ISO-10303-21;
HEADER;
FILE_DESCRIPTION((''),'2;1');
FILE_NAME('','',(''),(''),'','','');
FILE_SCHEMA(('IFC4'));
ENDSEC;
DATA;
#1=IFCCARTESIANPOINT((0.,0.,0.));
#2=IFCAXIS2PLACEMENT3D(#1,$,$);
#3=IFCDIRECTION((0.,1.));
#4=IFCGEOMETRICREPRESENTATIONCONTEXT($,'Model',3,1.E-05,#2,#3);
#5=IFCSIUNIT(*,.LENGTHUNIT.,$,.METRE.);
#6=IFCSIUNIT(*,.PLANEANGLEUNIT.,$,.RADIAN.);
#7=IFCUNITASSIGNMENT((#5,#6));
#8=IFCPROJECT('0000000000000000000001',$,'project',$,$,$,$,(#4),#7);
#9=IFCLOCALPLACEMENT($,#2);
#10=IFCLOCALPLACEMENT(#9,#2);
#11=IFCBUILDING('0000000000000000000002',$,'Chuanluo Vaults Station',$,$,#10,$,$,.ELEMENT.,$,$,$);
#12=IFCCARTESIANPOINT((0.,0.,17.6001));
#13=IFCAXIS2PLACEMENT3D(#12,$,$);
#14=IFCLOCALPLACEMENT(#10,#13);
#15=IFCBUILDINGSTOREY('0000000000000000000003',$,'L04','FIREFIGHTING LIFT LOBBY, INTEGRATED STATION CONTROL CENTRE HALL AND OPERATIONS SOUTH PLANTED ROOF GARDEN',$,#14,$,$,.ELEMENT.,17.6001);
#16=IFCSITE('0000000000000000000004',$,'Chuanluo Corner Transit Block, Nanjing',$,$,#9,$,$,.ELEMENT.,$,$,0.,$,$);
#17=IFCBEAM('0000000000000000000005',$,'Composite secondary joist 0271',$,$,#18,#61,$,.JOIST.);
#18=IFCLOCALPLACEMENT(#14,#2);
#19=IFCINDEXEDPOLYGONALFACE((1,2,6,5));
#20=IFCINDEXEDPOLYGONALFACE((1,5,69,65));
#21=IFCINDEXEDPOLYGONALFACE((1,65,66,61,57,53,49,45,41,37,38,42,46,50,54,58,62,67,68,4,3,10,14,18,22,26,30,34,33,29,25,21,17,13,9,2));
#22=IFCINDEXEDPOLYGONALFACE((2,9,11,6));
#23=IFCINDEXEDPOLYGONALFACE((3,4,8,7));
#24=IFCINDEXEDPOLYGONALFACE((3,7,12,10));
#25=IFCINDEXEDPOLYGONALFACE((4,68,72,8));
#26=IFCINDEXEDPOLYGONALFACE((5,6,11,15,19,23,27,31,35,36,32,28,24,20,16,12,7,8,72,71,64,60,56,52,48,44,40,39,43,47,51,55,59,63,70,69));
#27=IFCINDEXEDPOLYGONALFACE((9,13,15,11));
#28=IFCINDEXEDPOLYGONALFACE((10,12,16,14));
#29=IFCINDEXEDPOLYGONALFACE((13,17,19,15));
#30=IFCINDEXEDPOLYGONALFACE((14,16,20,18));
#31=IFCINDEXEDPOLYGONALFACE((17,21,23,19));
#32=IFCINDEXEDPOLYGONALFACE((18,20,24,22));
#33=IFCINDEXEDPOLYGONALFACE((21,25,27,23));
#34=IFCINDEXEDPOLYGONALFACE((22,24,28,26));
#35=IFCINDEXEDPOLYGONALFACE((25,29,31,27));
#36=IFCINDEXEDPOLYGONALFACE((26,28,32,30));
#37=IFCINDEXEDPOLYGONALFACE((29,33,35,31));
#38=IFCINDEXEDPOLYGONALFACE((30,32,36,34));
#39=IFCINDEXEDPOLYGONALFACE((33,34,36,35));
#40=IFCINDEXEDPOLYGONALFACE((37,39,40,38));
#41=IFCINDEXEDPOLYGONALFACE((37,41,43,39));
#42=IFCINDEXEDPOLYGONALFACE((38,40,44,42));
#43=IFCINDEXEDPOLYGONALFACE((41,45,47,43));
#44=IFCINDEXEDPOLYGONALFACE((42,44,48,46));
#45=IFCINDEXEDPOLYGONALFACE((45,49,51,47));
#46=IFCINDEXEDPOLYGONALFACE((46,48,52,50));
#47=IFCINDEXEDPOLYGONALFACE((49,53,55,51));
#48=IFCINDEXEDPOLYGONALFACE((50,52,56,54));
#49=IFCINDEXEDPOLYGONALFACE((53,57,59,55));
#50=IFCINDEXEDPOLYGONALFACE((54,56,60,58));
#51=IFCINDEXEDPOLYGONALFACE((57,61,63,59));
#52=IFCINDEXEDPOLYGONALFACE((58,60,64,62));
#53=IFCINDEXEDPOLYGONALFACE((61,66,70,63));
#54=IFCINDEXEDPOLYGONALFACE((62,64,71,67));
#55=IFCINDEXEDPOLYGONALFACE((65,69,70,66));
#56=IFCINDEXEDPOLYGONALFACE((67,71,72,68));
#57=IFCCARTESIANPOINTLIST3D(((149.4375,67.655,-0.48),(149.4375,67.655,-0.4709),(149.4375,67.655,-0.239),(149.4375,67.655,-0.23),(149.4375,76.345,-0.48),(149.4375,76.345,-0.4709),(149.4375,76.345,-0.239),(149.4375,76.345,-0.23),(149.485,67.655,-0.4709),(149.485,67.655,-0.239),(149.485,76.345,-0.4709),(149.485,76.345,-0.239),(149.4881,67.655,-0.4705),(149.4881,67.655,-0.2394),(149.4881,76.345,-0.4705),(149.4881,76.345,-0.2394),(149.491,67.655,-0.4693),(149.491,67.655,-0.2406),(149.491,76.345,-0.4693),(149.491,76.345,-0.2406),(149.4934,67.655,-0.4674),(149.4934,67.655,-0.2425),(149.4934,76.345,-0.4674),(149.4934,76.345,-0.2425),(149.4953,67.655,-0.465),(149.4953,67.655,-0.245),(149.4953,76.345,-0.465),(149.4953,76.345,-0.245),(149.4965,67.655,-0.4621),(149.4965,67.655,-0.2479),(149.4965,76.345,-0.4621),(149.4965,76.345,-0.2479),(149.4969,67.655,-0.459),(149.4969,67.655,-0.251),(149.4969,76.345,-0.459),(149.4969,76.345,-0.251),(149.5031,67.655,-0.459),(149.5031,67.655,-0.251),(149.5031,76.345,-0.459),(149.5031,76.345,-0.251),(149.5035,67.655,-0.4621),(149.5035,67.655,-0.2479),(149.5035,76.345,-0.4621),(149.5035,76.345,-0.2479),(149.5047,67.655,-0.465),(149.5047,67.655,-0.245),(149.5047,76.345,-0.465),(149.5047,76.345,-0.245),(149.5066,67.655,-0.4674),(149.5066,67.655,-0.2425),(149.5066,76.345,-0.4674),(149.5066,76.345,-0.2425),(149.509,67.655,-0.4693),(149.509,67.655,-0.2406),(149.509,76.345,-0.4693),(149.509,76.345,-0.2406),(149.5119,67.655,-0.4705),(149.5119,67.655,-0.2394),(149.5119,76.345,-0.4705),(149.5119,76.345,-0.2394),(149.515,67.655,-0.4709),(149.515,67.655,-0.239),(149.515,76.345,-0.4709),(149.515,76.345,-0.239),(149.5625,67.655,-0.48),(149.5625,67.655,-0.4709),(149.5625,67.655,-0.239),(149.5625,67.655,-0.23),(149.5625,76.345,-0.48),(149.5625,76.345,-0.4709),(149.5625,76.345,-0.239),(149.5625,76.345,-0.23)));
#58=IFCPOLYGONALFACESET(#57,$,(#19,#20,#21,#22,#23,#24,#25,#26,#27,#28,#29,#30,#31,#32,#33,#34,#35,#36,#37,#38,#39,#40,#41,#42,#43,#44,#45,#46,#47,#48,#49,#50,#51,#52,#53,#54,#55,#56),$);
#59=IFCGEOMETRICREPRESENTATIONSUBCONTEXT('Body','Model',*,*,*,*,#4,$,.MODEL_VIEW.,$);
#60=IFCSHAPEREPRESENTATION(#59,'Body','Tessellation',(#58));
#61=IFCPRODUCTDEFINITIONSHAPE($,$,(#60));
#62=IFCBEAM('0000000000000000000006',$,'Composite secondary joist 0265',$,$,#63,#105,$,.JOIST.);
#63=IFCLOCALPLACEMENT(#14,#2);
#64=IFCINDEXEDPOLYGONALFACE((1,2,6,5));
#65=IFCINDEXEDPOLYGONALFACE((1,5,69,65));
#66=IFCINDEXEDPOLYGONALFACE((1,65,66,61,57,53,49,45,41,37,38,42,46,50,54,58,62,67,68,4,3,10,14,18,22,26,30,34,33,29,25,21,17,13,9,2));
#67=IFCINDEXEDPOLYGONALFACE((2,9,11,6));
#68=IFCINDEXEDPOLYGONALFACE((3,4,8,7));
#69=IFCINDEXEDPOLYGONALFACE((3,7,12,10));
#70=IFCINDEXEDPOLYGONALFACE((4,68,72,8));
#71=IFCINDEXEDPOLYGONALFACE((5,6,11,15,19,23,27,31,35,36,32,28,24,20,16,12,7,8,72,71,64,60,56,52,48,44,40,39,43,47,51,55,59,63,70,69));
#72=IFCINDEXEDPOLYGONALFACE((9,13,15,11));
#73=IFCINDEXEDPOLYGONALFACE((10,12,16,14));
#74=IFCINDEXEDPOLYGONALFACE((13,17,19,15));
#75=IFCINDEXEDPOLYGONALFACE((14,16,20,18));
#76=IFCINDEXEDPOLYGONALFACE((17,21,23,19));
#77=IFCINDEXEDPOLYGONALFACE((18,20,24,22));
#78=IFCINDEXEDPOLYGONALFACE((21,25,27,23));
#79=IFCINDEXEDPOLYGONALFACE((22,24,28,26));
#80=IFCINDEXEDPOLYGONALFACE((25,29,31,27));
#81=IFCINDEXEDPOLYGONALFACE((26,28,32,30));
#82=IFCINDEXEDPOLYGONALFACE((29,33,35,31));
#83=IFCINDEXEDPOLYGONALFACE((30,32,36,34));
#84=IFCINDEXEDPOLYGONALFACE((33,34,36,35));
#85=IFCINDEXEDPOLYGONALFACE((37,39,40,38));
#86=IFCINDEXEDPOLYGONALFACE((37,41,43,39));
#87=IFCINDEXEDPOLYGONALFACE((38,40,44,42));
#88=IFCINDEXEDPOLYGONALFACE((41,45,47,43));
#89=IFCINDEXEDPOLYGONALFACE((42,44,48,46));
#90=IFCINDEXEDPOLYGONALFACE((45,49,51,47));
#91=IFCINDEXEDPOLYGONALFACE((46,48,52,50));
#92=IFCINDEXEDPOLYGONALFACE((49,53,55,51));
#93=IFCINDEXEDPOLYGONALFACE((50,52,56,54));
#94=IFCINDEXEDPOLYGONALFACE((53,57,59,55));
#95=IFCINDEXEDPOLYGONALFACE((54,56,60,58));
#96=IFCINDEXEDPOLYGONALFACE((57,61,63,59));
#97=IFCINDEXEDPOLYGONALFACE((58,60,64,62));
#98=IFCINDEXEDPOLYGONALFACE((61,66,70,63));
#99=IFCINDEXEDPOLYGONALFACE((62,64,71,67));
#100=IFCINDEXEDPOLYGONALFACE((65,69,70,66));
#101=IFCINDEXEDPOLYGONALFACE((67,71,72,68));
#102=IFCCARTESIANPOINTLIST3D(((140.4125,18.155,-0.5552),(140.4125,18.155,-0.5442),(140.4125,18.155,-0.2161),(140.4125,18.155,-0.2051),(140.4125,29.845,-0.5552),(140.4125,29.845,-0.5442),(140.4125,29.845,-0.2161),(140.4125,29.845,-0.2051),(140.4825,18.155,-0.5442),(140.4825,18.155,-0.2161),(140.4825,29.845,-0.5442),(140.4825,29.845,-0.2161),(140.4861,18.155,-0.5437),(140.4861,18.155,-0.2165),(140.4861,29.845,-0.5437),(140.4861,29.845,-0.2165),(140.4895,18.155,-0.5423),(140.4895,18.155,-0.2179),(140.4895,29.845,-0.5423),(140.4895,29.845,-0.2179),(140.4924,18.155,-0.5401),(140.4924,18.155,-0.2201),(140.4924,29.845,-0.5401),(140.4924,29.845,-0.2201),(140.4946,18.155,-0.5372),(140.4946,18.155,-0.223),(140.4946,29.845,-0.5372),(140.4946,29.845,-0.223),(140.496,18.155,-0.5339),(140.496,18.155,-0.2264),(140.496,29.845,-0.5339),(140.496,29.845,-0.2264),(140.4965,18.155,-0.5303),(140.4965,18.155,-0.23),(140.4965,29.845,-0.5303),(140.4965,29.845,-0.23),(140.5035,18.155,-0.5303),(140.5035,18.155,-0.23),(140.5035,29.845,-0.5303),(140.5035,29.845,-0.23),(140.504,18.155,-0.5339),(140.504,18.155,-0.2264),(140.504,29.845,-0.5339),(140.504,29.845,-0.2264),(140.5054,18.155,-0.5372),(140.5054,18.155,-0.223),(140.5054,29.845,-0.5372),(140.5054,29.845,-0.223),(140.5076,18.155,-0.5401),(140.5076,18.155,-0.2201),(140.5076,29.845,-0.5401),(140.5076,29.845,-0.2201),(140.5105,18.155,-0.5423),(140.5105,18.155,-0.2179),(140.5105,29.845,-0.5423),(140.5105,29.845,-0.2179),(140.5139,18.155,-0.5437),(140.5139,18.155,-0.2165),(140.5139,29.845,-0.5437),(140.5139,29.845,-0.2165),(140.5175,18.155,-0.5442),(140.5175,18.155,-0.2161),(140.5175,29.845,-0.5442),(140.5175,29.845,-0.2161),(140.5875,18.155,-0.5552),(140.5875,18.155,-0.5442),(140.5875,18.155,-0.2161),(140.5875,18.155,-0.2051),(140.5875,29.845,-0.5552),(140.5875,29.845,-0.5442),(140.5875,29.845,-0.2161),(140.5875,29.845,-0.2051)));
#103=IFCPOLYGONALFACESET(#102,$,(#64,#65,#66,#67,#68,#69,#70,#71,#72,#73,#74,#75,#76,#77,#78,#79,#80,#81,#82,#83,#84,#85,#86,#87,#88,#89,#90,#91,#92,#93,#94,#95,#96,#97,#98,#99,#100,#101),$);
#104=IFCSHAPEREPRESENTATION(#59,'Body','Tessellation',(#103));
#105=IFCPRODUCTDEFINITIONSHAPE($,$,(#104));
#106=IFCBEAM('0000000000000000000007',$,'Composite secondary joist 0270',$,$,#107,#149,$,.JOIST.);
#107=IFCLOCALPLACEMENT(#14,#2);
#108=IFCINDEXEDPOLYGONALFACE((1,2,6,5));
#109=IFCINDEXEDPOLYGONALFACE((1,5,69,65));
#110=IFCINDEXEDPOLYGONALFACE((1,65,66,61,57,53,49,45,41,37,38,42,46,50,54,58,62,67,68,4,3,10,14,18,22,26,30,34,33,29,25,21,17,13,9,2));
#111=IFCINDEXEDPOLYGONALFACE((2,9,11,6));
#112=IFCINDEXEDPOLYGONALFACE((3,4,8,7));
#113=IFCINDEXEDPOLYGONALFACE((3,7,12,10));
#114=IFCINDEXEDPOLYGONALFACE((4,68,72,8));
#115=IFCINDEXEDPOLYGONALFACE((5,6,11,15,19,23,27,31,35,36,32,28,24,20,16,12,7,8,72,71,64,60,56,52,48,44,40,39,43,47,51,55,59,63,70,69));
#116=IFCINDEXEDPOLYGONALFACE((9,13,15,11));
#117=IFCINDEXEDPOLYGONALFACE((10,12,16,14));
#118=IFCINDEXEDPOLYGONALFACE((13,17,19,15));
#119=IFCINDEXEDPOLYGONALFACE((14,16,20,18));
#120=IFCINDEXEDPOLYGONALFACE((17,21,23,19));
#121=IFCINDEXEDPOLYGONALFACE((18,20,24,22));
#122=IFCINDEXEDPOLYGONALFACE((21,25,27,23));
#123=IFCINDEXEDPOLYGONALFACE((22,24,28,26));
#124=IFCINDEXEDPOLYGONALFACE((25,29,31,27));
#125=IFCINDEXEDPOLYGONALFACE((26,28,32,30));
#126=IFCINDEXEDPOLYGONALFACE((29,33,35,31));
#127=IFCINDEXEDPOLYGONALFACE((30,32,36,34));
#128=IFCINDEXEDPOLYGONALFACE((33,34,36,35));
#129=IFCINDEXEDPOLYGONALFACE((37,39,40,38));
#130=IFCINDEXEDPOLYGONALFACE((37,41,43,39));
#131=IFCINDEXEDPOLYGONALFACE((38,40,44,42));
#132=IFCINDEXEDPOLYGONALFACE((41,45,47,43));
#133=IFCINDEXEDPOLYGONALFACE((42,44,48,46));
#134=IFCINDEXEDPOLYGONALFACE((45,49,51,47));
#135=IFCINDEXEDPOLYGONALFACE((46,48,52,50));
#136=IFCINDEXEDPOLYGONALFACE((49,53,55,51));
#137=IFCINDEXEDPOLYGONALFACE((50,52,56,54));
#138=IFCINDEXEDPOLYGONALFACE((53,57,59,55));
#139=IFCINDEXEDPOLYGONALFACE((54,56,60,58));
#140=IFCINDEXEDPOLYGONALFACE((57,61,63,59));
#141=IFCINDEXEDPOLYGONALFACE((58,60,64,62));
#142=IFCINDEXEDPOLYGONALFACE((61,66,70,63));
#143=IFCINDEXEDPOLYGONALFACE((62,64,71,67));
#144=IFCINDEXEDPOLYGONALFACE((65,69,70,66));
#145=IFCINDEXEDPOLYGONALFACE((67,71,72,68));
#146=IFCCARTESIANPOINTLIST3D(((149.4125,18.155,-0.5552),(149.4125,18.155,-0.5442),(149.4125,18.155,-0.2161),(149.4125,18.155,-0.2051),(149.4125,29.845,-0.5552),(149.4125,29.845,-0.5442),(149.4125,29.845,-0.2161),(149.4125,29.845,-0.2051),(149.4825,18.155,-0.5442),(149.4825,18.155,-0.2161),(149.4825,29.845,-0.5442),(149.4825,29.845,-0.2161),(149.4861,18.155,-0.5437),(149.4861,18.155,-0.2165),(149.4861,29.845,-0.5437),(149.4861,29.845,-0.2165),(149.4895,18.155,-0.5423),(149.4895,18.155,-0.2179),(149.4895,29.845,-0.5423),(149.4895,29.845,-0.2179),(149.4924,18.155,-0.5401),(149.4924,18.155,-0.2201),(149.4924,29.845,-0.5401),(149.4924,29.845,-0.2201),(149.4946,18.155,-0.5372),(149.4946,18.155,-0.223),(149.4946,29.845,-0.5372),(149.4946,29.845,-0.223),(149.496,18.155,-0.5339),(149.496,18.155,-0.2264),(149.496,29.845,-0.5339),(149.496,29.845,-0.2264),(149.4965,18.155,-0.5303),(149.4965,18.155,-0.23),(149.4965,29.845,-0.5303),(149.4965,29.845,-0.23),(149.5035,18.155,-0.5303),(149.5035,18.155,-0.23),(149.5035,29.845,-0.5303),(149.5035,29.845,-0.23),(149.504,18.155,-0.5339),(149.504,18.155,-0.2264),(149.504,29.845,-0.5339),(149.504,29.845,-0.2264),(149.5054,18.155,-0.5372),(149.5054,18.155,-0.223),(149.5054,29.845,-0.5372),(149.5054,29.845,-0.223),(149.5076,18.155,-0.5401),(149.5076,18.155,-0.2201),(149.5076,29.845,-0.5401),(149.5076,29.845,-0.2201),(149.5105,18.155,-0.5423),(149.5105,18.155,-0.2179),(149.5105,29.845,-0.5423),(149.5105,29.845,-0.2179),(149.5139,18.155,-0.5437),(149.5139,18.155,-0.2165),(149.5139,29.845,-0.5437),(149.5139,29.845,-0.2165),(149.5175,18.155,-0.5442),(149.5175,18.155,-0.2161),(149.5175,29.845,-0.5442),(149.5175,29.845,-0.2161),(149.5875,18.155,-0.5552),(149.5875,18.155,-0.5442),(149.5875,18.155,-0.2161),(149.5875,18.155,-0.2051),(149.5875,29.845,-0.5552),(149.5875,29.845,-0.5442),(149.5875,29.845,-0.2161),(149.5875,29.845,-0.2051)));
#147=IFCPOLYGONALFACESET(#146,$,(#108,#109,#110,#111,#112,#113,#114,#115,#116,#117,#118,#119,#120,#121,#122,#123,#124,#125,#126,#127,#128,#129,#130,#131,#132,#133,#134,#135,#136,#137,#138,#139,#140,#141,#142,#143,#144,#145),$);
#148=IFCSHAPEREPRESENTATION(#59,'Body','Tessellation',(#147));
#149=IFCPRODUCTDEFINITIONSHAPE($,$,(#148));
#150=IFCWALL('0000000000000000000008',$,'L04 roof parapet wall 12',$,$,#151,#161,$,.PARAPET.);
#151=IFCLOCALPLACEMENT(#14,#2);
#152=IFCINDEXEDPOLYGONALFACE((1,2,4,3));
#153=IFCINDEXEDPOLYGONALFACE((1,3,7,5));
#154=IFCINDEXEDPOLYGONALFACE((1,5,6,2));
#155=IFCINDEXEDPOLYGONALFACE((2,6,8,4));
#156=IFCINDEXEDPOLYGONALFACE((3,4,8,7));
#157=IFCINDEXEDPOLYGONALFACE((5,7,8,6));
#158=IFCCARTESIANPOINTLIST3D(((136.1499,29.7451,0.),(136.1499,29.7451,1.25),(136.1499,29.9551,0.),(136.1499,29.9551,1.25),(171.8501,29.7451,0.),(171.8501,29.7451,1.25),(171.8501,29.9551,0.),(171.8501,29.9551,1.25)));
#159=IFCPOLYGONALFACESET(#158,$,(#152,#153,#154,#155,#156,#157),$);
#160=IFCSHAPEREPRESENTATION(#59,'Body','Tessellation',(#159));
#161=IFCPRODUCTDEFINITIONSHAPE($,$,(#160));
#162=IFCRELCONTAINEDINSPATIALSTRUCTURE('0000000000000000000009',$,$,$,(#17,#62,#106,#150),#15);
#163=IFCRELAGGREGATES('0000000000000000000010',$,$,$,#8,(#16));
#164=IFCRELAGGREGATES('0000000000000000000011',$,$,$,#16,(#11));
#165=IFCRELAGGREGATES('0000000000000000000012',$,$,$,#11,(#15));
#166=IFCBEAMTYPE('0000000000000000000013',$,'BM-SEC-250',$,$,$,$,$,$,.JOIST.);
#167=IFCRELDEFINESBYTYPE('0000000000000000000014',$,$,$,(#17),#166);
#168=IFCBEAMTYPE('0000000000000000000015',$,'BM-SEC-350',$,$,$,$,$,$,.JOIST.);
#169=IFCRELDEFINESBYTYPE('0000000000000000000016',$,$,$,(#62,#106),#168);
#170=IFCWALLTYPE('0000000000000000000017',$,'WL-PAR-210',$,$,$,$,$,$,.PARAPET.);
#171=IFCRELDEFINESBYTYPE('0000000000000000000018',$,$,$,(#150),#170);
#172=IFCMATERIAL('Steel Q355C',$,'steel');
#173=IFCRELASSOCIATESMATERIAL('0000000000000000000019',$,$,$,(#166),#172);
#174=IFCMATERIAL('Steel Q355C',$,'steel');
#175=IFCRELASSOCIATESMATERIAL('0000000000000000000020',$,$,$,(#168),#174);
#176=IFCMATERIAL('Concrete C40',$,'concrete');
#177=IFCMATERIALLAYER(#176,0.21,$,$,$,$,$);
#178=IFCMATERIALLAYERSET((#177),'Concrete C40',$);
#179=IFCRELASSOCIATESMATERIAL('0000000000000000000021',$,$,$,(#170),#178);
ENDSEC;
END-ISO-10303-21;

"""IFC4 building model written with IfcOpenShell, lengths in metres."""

from ifc_helpers import new_model, si_unit, direction, frame, frame_2d, origin, origin_2d, place, context, subcontext, project, spatial, rectangle, i_section, extrude, material, layer, layer_set, material_profile, profile_set, type_object, element, save


model = new_model("IFC4")

# Units and contexts
model_context = context("Model", 3, precision=1e-05, world=origin(), true_north=direction((0.0, 1.0)))
body_context = subcontext(model_context, "Body", "Model", "MODEL_VIEW")
ifc_project = project(units=[si_unit("LENGTHUNIT", "METRE"), si_unit("PLANEANGLEUNIT", "RADIAN")], contexts=[model_context])

# Site, building, storey
site_placement = place(None, origin())
site = spatial("IfcSite", under=ifc_project, at=site_placement, Name="Chuanluo Corner Transit Block, Nanjing", CompositionType="ELEMENT", RefElevation=0.0)
building_placement = place(site_placement, origin())
building = spatial("IfcBuilding", under=site, at=building_placement, Name="Chuanluo Vaults Station", CompositionType="ELEMENT")
storey_placement = place(building_placement, frame((0.0, 0.0, 17.6001)))
storey = spatial("IfcBuildingStorey", under=building, at=storey_placement, Name="L04", Description="FIREFIGHTING LIFT LOBBY, INTEGRATED STATION CONTROL CENTRE HALL AND OPERATIONS SOUTH PLANTED ROOF GARDEN", CompositionType="ELEMENT", Elevation=17.6001)

# Beams
ifc_material_1 = material(Name="Steel Q355C", Category="steel")
ifc_material_profile_1 = material_profile(ifc_material_1, i_section(OverallWidth=0.125, OverallDepth=0.25, WebThickness=0.0061, FlangeThickness=0.009, FilletRadius=0.012, at=origin_2d()))
ifc_profile_set_1 = profile_set([ifc_material_profile_1], Name="Steel Q355C")
beam_type_1 = type_object("IfcBeamType", Name="BM-SEC-250", PredefinedType="JOIST", material=ifc_profile_set_1)
beam_placement = place(storey_placement, frame((149.5, 67.655, -0.355), z_axis=(0.0, 1.0, 0.0), x_axis=(-1.0, 0.0, 0.0)))
element("IfcBeam", 1, at=beam_placement, inside=storey, type_object=beam_type_1, Name="Composite secondary joist 0271", PredefinedType="JOIST", context=body_context, shape_type="SweptSolid", body=[
    extrude(i_section(OverallWidth=0.125, OverallDepth=0.25, WebThickness=0.0061, FlangeThickness=0.009, FilletRadius=0.012, at=origin_2d()), origin(), (0.0, 0.0, 1.0), 8.6899),
])
ifc_material_2 = material(Name="Steel Q355C", Category="steel")
ifc_material_profile_2 = material_profile(ifc_material_2, i_section(OverallWidth=0.175, OverallDepth=0.3501, WebThickness=0.0071, FlangeThickness=0.011, FilletRadius=0.0139, at=origin_2d()))
ifc_profile_set_2 = profile_set([ifc_material_profile_2], Name="Steel Q355C")
beam_type_2 = type_object("IfcBeamType", Name="BM-SEC-350", PredefinedType="JOIST", material=ifc_profile_set_2)
for number, where, z_axis, x_axis, name in (
    (2, (140.5, 18.155, -0.3801), (0.0, 1.0, 0.0), (-1.0, 0.0, 0.0), "Composite secondary joist 0265"),
    (3, (149.5, 18.155, -0.3801), (0.0, 1.0, 0.0), (-1.0, 0.0, 0.0), "Composite secondary joist 0270"),
):
    element("IfcBeam", number, at=place(storey_placement, frame(where, z_axis=z_axis, x_axis=x_axis)), inside=storey, type_object=beam_type_2, Name=name, PredefinedType="JOIST", context=body_context, shape_type="SweptSolid", body=[
        extrude(i_section(OverallWidth=0.175, OverallDepth=0.3501, WebThickness=0.0071, FlangeThickness=0.011, FilletRadius=0.0139, at=origin_2d()), origin(), (0.0, 0.0, 1.0), 11.6899),
    ])

# Wall
ifc_material_3 = material(Name="Concrete C40", Category="concrete")
ifc_layer = layer(ifc_material_3, 0.21)
ifc_layer_set = layer_set([ifc_layer], Name="Concrete C40")
wall_type = type_object("IfcWallType", Name="WL-PAR-210", PredefinedType="PARAPET", material=ifc_layer_set)
wall_placement = place(storey_placement, frame((136.1499, 29.8501, 0.0), z_axis=(0.0, 0.0, 1.0), x_axis=(1.0, 0.0, 0.0)))
element("IfcWall", 4, at=wall_placement, inside=storey, type_object=wall_type, Name="L04 roof parapet wall 12", PredefinedType="PARAPET", context=body_context, shape_type="SweptSolid", body=[
    extrude(rectangle(XDim=35.7002, YDim=0.21, at=frame_2d((17.8501, 0.0))), origin(), (0.0, 0.0, 1.0), 1.25),
])

save(model, "model.ifc")
